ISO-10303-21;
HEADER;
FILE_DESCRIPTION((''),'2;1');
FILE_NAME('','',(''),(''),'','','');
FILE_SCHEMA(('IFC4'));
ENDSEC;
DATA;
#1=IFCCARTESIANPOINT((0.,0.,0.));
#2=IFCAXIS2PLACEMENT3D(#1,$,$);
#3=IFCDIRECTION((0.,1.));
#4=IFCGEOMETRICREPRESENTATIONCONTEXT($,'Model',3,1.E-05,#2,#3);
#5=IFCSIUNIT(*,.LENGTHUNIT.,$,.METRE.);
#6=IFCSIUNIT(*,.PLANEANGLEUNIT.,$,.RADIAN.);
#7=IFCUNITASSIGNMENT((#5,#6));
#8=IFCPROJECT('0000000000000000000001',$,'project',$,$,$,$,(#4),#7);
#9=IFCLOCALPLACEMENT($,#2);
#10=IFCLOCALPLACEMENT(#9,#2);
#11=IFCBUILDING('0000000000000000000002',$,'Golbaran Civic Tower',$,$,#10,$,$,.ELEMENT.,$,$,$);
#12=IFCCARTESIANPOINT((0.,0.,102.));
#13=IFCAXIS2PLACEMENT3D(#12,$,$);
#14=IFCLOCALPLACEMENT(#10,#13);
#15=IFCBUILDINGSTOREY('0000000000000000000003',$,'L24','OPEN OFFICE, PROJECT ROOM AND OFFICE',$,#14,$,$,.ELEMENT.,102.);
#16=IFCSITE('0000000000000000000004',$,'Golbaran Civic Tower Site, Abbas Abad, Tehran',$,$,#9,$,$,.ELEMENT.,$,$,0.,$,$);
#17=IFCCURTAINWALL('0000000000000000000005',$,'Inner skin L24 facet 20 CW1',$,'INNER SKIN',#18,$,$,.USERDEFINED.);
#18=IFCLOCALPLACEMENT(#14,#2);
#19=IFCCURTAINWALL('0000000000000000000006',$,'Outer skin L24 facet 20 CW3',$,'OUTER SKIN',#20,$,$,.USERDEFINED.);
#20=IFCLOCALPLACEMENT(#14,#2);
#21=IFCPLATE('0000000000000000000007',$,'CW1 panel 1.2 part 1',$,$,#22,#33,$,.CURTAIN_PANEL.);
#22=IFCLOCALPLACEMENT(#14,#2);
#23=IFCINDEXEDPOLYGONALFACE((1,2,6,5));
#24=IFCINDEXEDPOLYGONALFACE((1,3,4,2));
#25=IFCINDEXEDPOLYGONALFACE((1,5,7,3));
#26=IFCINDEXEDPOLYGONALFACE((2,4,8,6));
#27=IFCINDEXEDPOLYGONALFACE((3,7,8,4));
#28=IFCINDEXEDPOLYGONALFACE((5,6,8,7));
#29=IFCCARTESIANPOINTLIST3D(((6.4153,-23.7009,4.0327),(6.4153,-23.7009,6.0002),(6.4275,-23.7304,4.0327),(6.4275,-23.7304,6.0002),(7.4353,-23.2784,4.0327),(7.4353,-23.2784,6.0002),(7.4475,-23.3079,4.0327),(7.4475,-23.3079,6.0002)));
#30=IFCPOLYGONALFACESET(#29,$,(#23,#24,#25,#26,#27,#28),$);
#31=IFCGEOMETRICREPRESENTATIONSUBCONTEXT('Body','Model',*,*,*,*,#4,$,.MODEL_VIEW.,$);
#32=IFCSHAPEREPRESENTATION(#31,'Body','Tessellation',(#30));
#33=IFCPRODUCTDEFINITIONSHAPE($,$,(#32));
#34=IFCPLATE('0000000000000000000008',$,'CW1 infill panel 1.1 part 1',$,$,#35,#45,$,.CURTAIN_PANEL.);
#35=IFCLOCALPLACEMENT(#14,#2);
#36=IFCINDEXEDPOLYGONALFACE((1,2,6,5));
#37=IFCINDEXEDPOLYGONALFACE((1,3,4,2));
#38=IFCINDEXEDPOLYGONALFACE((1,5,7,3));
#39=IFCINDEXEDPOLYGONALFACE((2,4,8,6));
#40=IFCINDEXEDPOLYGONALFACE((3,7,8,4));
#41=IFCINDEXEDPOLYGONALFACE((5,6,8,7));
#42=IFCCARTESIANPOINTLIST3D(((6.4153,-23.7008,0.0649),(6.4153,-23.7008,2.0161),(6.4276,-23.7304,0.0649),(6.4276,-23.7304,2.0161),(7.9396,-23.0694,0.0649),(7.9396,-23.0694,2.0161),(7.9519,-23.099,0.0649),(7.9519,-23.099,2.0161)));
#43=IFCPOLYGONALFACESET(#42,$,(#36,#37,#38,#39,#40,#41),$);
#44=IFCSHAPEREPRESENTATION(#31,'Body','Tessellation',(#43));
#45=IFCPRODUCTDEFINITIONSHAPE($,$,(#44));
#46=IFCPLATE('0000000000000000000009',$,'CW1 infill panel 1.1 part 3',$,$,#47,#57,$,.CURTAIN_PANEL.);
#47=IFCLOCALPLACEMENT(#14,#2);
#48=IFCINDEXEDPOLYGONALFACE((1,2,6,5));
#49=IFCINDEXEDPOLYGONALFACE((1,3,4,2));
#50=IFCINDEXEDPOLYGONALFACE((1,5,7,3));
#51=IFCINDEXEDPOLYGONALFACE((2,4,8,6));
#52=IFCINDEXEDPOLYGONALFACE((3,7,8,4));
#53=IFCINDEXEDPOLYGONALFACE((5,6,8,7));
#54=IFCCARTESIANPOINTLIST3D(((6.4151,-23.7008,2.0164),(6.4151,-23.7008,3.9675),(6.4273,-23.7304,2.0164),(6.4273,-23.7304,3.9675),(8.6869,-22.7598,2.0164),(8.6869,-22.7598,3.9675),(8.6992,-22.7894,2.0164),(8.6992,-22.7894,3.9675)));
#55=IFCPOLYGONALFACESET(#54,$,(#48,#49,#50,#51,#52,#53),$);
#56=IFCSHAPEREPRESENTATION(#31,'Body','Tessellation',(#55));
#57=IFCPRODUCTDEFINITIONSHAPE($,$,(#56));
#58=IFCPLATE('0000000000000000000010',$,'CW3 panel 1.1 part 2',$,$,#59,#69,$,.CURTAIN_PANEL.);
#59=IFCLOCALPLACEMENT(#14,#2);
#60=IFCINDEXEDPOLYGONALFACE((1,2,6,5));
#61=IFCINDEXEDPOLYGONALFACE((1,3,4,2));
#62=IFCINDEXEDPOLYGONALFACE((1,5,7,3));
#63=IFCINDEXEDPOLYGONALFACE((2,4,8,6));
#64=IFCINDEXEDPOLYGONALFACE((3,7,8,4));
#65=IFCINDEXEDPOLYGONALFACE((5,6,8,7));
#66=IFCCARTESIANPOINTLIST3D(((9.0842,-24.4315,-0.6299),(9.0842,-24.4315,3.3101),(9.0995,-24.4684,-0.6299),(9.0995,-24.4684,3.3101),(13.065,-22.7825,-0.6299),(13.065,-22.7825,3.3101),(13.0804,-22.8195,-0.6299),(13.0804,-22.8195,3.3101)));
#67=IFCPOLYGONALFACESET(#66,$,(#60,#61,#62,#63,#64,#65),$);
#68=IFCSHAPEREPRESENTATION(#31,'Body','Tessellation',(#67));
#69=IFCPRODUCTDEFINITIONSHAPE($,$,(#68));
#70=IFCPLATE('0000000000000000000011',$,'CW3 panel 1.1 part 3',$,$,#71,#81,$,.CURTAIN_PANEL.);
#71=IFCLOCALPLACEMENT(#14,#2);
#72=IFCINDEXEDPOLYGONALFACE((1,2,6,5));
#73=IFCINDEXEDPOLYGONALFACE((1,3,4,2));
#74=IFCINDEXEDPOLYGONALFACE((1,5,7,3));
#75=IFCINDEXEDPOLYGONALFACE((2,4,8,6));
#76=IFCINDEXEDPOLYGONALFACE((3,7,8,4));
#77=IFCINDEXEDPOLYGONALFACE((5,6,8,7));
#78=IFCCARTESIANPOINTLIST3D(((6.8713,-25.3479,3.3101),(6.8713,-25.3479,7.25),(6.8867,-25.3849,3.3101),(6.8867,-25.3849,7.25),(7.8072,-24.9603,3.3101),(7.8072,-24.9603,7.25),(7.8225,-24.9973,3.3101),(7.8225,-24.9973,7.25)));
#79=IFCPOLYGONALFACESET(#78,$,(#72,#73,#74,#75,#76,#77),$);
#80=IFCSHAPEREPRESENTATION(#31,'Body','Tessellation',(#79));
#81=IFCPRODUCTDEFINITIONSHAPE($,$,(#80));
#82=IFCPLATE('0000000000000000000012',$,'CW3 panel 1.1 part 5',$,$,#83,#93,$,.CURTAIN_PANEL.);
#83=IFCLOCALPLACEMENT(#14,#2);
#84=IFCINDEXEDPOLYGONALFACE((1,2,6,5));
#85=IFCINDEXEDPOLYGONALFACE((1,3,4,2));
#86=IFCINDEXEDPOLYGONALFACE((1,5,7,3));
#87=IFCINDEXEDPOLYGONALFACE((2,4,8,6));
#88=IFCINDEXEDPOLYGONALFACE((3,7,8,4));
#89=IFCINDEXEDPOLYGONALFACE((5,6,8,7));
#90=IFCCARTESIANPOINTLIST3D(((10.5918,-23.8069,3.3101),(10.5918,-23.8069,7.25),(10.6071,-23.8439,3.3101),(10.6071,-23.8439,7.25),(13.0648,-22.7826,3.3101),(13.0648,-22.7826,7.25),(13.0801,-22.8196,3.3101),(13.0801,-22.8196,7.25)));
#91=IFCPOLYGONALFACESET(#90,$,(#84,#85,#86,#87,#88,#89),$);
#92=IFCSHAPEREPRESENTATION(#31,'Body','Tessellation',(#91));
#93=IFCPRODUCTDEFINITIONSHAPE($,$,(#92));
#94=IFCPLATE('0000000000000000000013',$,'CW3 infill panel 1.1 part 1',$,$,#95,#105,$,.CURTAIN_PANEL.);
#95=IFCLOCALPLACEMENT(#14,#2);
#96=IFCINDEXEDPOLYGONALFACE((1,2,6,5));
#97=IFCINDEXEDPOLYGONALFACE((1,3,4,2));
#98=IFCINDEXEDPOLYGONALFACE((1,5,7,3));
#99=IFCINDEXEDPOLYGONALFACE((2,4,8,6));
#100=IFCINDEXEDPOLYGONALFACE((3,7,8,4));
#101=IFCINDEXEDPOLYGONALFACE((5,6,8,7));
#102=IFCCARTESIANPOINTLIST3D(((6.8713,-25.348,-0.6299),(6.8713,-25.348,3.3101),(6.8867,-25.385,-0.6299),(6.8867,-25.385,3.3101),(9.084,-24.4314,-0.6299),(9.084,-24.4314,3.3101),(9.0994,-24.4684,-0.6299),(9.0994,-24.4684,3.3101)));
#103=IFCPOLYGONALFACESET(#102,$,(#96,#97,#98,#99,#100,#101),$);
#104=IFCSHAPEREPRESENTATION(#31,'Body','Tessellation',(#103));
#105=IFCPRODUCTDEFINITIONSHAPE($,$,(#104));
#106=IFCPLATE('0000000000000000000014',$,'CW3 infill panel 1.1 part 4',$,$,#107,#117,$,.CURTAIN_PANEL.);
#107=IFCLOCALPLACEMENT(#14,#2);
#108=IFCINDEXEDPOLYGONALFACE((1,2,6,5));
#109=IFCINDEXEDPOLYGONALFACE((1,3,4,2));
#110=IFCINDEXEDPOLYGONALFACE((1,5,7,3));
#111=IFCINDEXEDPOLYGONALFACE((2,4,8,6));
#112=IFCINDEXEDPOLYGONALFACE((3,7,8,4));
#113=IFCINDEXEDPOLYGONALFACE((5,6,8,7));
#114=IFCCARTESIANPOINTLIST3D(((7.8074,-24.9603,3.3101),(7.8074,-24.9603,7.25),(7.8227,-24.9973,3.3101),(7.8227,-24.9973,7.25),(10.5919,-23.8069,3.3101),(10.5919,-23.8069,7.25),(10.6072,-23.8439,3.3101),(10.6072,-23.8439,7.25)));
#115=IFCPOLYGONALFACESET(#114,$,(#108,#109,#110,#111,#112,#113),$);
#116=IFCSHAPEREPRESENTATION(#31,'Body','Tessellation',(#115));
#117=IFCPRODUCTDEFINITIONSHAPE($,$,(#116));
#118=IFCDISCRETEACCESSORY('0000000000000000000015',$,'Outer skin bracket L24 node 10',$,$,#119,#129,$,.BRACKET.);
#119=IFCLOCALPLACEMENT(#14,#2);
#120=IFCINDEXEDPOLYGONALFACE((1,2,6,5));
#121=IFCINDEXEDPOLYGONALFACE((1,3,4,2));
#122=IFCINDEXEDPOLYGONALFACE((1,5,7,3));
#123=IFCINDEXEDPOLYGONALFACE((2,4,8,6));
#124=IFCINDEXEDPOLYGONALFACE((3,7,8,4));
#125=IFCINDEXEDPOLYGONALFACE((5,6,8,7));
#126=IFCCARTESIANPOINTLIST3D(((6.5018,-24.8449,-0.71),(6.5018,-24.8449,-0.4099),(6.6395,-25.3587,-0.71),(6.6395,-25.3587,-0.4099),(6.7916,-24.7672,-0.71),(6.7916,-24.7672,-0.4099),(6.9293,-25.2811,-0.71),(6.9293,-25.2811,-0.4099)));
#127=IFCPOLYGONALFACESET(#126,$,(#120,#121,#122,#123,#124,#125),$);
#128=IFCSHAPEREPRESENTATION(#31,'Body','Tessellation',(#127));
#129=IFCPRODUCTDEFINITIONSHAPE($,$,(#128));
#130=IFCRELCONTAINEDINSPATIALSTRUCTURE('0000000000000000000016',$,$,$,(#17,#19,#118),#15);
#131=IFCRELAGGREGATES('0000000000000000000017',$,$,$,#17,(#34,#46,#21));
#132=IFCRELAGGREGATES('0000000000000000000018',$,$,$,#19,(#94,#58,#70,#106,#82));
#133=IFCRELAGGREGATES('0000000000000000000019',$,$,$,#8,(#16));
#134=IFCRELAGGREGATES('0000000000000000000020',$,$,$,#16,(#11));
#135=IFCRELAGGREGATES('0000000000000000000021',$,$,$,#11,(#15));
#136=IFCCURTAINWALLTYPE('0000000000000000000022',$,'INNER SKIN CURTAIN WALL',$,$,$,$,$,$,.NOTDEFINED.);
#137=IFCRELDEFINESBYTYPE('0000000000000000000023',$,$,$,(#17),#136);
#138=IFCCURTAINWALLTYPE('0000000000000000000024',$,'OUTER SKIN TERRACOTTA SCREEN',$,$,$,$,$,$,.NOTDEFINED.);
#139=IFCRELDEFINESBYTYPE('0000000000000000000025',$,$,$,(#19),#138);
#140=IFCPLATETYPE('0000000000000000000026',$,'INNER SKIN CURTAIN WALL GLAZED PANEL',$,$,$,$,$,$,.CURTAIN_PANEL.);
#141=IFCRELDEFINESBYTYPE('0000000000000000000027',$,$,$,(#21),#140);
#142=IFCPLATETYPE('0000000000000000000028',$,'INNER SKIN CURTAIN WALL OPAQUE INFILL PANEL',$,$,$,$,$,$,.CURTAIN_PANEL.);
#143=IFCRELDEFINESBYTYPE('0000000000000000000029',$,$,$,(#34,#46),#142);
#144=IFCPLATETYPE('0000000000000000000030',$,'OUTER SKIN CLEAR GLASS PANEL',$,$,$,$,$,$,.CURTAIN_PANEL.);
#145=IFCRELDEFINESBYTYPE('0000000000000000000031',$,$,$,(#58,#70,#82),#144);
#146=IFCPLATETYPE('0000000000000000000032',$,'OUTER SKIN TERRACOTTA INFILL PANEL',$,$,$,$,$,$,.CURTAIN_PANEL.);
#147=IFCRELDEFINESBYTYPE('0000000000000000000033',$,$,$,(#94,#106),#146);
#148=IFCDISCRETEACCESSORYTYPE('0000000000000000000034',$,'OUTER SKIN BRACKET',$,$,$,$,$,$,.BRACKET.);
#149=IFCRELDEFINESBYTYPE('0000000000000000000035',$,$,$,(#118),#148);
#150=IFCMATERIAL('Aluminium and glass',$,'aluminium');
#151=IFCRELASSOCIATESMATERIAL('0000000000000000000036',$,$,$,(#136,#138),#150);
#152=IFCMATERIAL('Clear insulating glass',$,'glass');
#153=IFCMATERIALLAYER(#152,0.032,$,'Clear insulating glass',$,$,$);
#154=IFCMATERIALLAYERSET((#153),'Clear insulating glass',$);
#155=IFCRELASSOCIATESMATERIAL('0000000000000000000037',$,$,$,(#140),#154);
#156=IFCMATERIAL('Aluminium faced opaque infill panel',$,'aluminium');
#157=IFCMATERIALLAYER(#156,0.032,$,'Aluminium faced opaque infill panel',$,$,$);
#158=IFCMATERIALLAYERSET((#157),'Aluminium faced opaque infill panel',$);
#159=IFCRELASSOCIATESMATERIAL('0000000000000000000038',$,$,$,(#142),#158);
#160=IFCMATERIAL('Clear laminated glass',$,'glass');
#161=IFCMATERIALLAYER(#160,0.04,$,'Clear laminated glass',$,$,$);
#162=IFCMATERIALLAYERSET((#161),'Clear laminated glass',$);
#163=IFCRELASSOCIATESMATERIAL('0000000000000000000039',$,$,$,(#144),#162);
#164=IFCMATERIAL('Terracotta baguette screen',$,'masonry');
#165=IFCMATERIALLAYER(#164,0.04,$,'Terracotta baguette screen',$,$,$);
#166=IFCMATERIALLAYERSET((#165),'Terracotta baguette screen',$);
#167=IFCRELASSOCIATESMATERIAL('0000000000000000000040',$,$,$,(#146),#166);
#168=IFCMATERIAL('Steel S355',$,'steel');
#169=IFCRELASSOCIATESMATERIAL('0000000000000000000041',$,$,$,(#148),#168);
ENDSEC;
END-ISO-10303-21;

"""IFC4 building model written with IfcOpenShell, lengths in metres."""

from ifc_helpers import new_model, si_unit, direction, frame, origin, origin_2d, place, context, subcontext, project, spatial, rectangle, extrude, material, layer, layer_set, type_object, element, aggregate, save


model = new_model("IFC4")

# Units and contexts
model_context = context("Model", 3, precision=1e-05, world=origin(), true_north=direction((0.0, 1.0)))
body_context = subcontext(model_context, "Body", "Model", "MODEL_VIEW")
ifc_project = project(units=[si_unit("LENGTHUNIT", "METRE"), si_unit("PLANEANGLEUNIT", "RADIAN")], contexts=[model_context])

# Site, building, storey
site_placement = place(None, origin())
site = spatial("IfcSite", under=ifc_project, at=site_placement, Name="Golbaran Civic Tower Site, Abbas Abad, Tehran", CompositionType="ELEMENT", RefElevation=0.0)
building_placement = place(site_placement, origin())
building = spatial("IfcBuilding", under=site, at=building_placement, Name="Golbaran Civic Tower", CompositionType="ELEMENT")
storey_placement = place(building_placement, frame((0.0, 0.0, 102.0)))
storey = spatial("IfcBuildingStorey", under=building, at=storey_placement, Name="L24", Description="OPEN OFFICE, PROJECT ROOM AND OFFICE", CompositionType="ELEMENT", Elevation=102.0)

# Shared definitions
ifc_material_1 = material(Name="Steel S355", Category="steel")

# Curtain wall
ifc_material_2 = material(Name="Aluminium and glass", Category="aluminium")
curtain_wall_type_1 = type_object("IfcCurtainWallType", Name="INNER SKIN CURTAIN WALL", PredefinedType="NOTDEFINED", material=ifc_material_2)
curtain_wall_1_placement = place(storey_placement, origin())
curtain_wall_1 = element("IfcCurtainWall", 1, at=curtain_wall_1_placement, inside=storey, type_object=curtain_wall_type_1, Name="Inner skin L24 facet 20 CW1", ObjectType="INNER SKIN", PredefinedType="USERDEFINED")

# Shared definitions
curtain_wall_type_2 = type_object("IfcCurtainWallType", Name="OUTER SKIN TERRACOTTA SCREEN", PredefinedType="NOTDEFINED", material=ifc_material_2)

# Curtain wall
curtain_wall_2_placement = place(storey_placement, origin())
curtain_wall_2 = element("IfcCurtainWall", 2, at=curtain_wall_2_placement, inside=storey, type_object=curtain_wall_type_2, Name="Outer skin L24 facet 20 CW3", ObjectType="OUTER SKIN", PredefinedType="USERDEFINED")

# Plates
ifc_material_3 = material(Name="Clear insulating glass", Category="glass")
ifc_layer_1 = layer(ifc_material_3, 0.032, Name="Clear insulating glass")
ifc_layer_set_1 = layer_set([ifc_layer_1], Name="Clear insulating glass")
plate_type_1 = type_object("IfcPlateType", Name="INNER SKIN CURTAIN WALL GLAZED PANEL", PredefinedType="CURTAIN_PANEL", material=ifc_layer_set_1)
plate_1_placement = place(storey_placement, frame((6.9314, -23.5044, 4.0327), z_axis=(0.0, 0.0, 1.0), x_axis=(0.92388, 0.382683, 0.0)))
plate_1 = element("IfcPlate", 3, at=plate_1_placement, type_object=plate_type_1, Name="CW1 panel 1.2 part 1", PredefinedType="CURTAIN_PANEL", context=body_context, shape_type="SweptSolid", body=[
    extrude(rectangle(XDim=1.104, YDim=0.032, at=origin_2d()), origin(), (0.0, 0.0, 1.0), 1.9675),
])
ifc_material_4 = material(Name="Aluminium faced opaque infill panel", Category="aluminium")
ifc_layer_2 = layer(ifc_material_4, 0.032, Name="Aluminium faced opaque infill panel")
ifc_layer_set_2 = layer_set([ifc_layer_2], Name="Aluminium faced opaque infill panel")
plate_type_2 = type_object("IfcPlateType", Name="INNER SKIN CURTAIN WALL OPAQUE INFILL PANEL", PredefinedType="CURTAIN_PANEL", material=ifc_layer_set_2)
plate_2_placement = place(storey_placement, frame((7.1836, -23.3999, 0.0649), z_axis=(0.0, 0.0, 1.0), x_axis=(0.92388, 0.382683, 0.0)))
plate_2 = element("IfcPlate", 4, at=plate_2_placement, type_object=plate_type_2, Name="CW1 infill panel 1.1 part 1", PredefinedType="CURTAIN_PANEL", context=body_context, shape_type="SweptSolid", body=[
    extrude(rectangle(XDim=1.6499, YDim=0.032, at=origin_2d()), origin(), (0.0, 0.0, 1.0), 1.9512),
])
plate_3_placement = place(storey_placement, frame((7.5571, -23.2451, 2.0164), z_axis=(0.0, 0.0, 1.0), x_axis=(0.92388, 0.382683, 0.0)))
plate_3 = element("IfcPlate", 5, at=plate_3_placement, type_object=plate_type_2, Name="CW1 infill panel 1.1 part 3", PredefinedType="CURTAIN_PANEL", context=body_context, shape_type="SweptSolid", body=[
    extrude(rectangle(XDim=2.459, YDim=0.032, at=origin_2d()), origin(), (0.0, 0.0, 1.0), 1.9512),
])
aggregate(curtain_wall_1, [plate_2, plate_3, plate_1])
ifc_material_5 = material(Name="Clear laminated glass", Category="glass")
ifc_layer_3 = layer(ifc_material_5, 0.04, Name="Clear laminated glass")
ifc_layer_set_3 = layer_set([ifc_layer_3], Name="Clear laminated glass")
plate_type_3 = type_object("IfcPlateType", Name="OUTER SKIN CLEAR GLASS PANEL", PredefinedType="CURTAIN_PANEL", material=ifc_layer_set_3)
plate_4_placement = place(storey_placement, frame((11.0823, -23.6255, -0.6299), z_axis=(0.0, 0.0, 1.0), x_axis=(0.92388, 0.382683, 0.0)))
plate_4 = element("IfcPlate", 6, at=plate_4_placement, type_object=plate_type_3, Name="CW3 panel 1.1 part 2", PredefinedType="CURTAIN_PANEL", context=body_context, shape_type="SweptSolid", body=[
    extrude(rectangle(XDim=4.3088, YDim=0.04, at=origin_2d()), origin(), (0.0, 0.0, 1.0), 3.9399),
])
plate_5_placement = place(storey_placement, frame((7.3469, -25.1726, 3.3101), z_axis=(0.0, 0.0, 1.0), x_axis=(0.92388, 0.382683, 0.0)))
plate_5 = element("IfcPlate", 7, at=plate_5_placement, type_object=plate_type_3, Name="CW3 panel 1.1 part 3", PredefinedType="CURTAIN_PANEL", context=body_context, shape_type="SweptSolid", body=[
    extrude(rectangle(XDim=1.0129, YDim=0.04, at=origin_2d()), origin(), (0.0, 0.0, 1.0), 3.9399),
])
plate_6_placement = place(storey_placement, frame((11.8359, -23.3132, 3.3101), z_axis=(0.0, 0.0, 1.0), x_axis=(0.92388, 0.382683, 0.0)))
plate_6 = element("IfcPlate", 8, at=plate_6_placement, type_object=plate_type_3, Name="CW3 panel 1.1 part 5", PredefinedType="CURTAIN_PANEL", context=body_context, shape_type="SweptSolid", body=[
    extrude(rectangle(XDim=2.6768, YDim=0.04, at=origin_2d()), origin(), (0.0, 0.0, 1.0), 3.9399),
])
ifc_material_6 = material(Name="Terracotta baguette screen", Category="masonry")
ifc_layer_4 = layer(ifc_material_6, 0.04, Name="Terracotta baguette screen")
ifc_layer_set_4 = layer_set([ifc_layer_4], Name="Terracotta baguette screen")
plate_type_4 = type_object("IfcPlateType", Name="OUTER SKIN TERRACOTTA INFILL PANEL", PredefinedType="CURTAIN_PANEL", material=ifc_layer_set_4)
plate_7_placement = place(storey_placement, frame((7.9854, -24.9082, -0.6299), z_axis=(0.0, 0.0, 1.0), x_axis=(0.92388, 0.382683, 0.0)))
plate_7 = element("IfcPlate", 9, at=plate_7_placement, type_object=plate_type_4, Name="CW3 infill panel 1.1 part 1", PredefinedType="CURTAIN_PANEL", context=body_context, shape_type="SweptSolid", body=[
    extrude(rectangle(XDim=2.395, YDim=0.04, at=origin_2d()), origin(), (0.0, 0.0, 1.0), 3.9399),
])
plate_8_placement = place(storey_placement, frame((9.2073, -24.4021, 3.3101), z_axis=(0.0, 0.0, 1.0), x_axis=(0.92388, 0.382683, 0.0)))
plate_8 = element("IfcPlate", 10, at=plate_8_placement, type_object=plate_type_4, Name="CW3 infill panel 1.1 part 4", PredefinedType="CURTAIN_PANEL", context=body_context, shape_type="SweptSolid", body=[
    extrude(rectangle(XDim=3.0139, YDim=0.04, at=origin_2d()), origin(), (0.0, 0.0, 1.0), 3.9399),
])
aggregate(curtain_wall_2, [plate_7, plate_4, plate_5, plate_8, plate_6])

# Discrete accessory
discrete_accessory_type = type_object("IfcDiscreteAccessoryType", Name="OUTER SKIN BRACKET", PredefinedType="BRACKET", material=ifc_material_1)
discrete_accessory_placement = place(storey_placement, frame((6.7156, -25.063, -0.71), z_axis=(0.0, 0.0, 1.0), x_axis=(0.258819, -0.965926, 0.0)))
element("IfcDiscreteAccessory", 11, at=discrete_accessory_placement, inside=storey, type_object=discrete_accessory_type, Name="Outer skin bracket L24 node 10", PredefinedType="BRACKET", context=body_context, shape_type="SweptSolid", body=[
    extrude(rectangle(XDim=0.532, YDim=0.3, at=origin_2d()), origin(), (0.0, 0.0, 1.0), 0.3),
])

save(model, "model.ifc")
